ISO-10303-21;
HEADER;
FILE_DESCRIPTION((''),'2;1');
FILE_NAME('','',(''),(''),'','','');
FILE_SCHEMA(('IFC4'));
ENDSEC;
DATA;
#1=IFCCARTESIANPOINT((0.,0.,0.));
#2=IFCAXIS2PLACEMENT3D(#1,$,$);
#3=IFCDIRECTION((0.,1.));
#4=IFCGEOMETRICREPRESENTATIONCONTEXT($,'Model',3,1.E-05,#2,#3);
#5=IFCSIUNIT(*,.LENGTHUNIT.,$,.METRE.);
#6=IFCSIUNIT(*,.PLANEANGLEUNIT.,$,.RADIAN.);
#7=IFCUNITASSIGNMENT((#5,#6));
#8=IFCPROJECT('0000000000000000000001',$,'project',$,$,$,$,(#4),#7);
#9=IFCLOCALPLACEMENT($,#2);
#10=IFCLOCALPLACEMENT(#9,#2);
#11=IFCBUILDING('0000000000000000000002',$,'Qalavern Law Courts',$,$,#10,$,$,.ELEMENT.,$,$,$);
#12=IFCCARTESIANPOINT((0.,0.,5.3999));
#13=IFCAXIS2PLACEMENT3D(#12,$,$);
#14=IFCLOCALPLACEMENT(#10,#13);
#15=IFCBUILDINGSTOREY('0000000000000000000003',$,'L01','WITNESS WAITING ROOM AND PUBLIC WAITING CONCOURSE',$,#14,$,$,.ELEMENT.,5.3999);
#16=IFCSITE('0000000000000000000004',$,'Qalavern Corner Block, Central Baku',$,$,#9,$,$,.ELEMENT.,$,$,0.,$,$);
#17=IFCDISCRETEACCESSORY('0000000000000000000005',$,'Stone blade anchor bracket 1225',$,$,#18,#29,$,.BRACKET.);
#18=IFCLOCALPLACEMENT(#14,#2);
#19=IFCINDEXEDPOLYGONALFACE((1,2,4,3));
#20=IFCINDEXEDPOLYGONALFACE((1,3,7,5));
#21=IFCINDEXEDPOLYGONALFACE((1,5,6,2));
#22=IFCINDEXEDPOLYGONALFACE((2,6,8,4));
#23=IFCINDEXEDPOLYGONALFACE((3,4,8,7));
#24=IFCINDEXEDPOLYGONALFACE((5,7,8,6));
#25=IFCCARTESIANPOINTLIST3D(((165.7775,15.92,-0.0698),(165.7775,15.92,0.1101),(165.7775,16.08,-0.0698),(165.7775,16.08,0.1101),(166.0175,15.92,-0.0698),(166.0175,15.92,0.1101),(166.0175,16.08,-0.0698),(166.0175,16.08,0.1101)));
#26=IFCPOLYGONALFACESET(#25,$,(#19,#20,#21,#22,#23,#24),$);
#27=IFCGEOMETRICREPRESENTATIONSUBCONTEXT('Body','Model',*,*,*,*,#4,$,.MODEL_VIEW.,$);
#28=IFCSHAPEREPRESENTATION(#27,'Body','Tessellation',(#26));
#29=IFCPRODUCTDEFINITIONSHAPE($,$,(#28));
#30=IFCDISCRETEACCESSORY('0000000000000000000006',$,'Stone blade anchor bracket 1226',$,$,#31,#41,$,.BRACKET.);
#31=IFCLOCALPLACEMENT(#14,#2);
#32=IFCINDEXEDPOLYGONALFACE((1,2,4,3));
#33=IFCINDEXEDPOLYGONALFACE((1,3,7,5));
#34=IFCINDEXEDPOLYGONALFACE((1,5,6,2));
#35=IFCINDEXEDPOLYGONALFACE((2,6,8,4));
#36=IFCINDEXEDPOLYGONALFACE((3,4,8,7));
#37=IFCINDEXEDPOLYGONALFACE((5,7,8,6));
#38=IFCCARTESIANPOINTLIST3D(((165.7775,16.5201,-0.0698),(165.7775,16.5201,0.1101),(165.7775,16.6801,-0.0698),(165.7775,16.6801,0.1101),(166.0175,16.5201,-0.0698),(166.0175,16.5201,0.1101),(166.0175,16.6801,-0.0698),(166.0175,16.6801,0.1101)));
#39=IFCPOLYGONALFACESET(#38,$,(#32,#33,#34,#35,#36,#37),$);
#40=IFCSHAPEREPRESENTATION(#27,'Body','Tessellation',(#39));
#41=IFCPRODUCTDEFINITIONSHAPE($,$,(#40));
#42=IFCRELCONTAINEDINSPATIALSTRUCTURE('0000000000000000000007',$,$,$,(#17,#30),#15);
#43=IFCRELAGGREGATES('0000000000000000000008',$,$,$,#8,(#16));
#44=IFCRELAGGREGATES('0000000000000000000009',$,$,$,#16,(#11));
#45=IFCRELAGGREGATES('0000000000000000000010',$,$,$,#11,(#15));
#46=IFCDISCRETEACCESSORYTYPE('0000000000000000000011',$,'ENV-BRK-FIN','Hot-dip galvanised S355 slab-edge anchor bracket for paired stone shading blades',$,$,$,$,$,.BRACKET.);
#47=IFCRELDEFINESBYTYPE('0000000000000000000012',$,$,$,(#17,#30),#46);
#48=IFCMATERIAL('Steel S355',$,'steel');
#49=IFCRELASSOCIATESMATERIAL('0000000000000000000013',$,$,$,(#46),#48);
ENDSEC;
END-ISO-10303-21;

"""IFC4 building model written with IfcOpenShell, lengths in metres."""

from ifc_helpers import new_model, si_unit, direction, frame, origin, origin_2d, place, context, subcontext, project, spatial, rectangle, extrude, material, type_object, element, save


model = new_model("IFC4")

# Units and contexts
model_context = context("Model", 3, precision=1e-05, world=origin(), true_north=direction((0.0, 1.0)))
body_context = subcontext(model_context, "Body", "Model", "MODEL_VIEW")
ifc_project = project(units=[si_unit("LENGTHUNIT", "METRE"), si_unit("PLANEANGLEUNIT", "RADIAN")], contexts=[model_context])

# Site, building, storey
site_placement = place(None, origin())
site = spatial("IfcSite", under=ifc_project, at=site_placement, Name="Qalavern Corner Block, Central Baku", CompositionType="ELEMENT", RefElevation=0.0)
building_placement = place(site_placement, origin())
building = spatial("IfcBuilding", under=site, at=building_placement, Name="Qalavern Law Courts", CompositionType="ELEMENT")
storey_placement = place(building_placement, frame((0.0, 0.0, 5.3999)))
storey = spatial("IfcBuildingStorey", under=building, at=storey_placement, Name="L01", Description="WITNESS WAITING ROOM AND PUBLIC WAITING CONCOURSE", CompositionType="ELEMENT", Elevation=5.3999)

# Shared definitions
ifc_material_1 = material(Name="Steel S355", Category="steel")

# Discrete accessories
discrete_accessory_type = type_object("IfcDiscreteAccessoryType", Name="ENV-BRK-FIN", Description="Hot-dip galvanised S355 slab-edge anchor bracket for paired stone shading blades", PredefinedType="BRACKET", material=ifc_material_1)
for number, where, z_axis, x_axis, name in (
    (1, (165.8975, 16.0, -0.0698), (0.0, 0.0, 1.0), (1.0, 0.0, 0.0), "Stone blade anchor bracket 1225"),
    (2, (165.8975, 16.6001, -0.0698), (0.0, 0.0, 1.0), (1.0, 0.0, 0.0), "Stone blade anchor bracket 1226"),
):
    element("IfcDiscreteAccessory", number, at=place(storey_placement, frame(where, z_axis=z_axis, x_axis=x_axis)), inside=storey, type_object=discrete_accessory_type, Name=name, PredefinedType="BRACKET", context=body_context, shape_type="SweptSolid", body=[
        extrude(rectangle(XDim=0.24, YDim=0.1599, at=origin_2d()), origin(), (0.0, 0.0, 1.0), 0.1799),
    ])

save(model, "model.ifc")
